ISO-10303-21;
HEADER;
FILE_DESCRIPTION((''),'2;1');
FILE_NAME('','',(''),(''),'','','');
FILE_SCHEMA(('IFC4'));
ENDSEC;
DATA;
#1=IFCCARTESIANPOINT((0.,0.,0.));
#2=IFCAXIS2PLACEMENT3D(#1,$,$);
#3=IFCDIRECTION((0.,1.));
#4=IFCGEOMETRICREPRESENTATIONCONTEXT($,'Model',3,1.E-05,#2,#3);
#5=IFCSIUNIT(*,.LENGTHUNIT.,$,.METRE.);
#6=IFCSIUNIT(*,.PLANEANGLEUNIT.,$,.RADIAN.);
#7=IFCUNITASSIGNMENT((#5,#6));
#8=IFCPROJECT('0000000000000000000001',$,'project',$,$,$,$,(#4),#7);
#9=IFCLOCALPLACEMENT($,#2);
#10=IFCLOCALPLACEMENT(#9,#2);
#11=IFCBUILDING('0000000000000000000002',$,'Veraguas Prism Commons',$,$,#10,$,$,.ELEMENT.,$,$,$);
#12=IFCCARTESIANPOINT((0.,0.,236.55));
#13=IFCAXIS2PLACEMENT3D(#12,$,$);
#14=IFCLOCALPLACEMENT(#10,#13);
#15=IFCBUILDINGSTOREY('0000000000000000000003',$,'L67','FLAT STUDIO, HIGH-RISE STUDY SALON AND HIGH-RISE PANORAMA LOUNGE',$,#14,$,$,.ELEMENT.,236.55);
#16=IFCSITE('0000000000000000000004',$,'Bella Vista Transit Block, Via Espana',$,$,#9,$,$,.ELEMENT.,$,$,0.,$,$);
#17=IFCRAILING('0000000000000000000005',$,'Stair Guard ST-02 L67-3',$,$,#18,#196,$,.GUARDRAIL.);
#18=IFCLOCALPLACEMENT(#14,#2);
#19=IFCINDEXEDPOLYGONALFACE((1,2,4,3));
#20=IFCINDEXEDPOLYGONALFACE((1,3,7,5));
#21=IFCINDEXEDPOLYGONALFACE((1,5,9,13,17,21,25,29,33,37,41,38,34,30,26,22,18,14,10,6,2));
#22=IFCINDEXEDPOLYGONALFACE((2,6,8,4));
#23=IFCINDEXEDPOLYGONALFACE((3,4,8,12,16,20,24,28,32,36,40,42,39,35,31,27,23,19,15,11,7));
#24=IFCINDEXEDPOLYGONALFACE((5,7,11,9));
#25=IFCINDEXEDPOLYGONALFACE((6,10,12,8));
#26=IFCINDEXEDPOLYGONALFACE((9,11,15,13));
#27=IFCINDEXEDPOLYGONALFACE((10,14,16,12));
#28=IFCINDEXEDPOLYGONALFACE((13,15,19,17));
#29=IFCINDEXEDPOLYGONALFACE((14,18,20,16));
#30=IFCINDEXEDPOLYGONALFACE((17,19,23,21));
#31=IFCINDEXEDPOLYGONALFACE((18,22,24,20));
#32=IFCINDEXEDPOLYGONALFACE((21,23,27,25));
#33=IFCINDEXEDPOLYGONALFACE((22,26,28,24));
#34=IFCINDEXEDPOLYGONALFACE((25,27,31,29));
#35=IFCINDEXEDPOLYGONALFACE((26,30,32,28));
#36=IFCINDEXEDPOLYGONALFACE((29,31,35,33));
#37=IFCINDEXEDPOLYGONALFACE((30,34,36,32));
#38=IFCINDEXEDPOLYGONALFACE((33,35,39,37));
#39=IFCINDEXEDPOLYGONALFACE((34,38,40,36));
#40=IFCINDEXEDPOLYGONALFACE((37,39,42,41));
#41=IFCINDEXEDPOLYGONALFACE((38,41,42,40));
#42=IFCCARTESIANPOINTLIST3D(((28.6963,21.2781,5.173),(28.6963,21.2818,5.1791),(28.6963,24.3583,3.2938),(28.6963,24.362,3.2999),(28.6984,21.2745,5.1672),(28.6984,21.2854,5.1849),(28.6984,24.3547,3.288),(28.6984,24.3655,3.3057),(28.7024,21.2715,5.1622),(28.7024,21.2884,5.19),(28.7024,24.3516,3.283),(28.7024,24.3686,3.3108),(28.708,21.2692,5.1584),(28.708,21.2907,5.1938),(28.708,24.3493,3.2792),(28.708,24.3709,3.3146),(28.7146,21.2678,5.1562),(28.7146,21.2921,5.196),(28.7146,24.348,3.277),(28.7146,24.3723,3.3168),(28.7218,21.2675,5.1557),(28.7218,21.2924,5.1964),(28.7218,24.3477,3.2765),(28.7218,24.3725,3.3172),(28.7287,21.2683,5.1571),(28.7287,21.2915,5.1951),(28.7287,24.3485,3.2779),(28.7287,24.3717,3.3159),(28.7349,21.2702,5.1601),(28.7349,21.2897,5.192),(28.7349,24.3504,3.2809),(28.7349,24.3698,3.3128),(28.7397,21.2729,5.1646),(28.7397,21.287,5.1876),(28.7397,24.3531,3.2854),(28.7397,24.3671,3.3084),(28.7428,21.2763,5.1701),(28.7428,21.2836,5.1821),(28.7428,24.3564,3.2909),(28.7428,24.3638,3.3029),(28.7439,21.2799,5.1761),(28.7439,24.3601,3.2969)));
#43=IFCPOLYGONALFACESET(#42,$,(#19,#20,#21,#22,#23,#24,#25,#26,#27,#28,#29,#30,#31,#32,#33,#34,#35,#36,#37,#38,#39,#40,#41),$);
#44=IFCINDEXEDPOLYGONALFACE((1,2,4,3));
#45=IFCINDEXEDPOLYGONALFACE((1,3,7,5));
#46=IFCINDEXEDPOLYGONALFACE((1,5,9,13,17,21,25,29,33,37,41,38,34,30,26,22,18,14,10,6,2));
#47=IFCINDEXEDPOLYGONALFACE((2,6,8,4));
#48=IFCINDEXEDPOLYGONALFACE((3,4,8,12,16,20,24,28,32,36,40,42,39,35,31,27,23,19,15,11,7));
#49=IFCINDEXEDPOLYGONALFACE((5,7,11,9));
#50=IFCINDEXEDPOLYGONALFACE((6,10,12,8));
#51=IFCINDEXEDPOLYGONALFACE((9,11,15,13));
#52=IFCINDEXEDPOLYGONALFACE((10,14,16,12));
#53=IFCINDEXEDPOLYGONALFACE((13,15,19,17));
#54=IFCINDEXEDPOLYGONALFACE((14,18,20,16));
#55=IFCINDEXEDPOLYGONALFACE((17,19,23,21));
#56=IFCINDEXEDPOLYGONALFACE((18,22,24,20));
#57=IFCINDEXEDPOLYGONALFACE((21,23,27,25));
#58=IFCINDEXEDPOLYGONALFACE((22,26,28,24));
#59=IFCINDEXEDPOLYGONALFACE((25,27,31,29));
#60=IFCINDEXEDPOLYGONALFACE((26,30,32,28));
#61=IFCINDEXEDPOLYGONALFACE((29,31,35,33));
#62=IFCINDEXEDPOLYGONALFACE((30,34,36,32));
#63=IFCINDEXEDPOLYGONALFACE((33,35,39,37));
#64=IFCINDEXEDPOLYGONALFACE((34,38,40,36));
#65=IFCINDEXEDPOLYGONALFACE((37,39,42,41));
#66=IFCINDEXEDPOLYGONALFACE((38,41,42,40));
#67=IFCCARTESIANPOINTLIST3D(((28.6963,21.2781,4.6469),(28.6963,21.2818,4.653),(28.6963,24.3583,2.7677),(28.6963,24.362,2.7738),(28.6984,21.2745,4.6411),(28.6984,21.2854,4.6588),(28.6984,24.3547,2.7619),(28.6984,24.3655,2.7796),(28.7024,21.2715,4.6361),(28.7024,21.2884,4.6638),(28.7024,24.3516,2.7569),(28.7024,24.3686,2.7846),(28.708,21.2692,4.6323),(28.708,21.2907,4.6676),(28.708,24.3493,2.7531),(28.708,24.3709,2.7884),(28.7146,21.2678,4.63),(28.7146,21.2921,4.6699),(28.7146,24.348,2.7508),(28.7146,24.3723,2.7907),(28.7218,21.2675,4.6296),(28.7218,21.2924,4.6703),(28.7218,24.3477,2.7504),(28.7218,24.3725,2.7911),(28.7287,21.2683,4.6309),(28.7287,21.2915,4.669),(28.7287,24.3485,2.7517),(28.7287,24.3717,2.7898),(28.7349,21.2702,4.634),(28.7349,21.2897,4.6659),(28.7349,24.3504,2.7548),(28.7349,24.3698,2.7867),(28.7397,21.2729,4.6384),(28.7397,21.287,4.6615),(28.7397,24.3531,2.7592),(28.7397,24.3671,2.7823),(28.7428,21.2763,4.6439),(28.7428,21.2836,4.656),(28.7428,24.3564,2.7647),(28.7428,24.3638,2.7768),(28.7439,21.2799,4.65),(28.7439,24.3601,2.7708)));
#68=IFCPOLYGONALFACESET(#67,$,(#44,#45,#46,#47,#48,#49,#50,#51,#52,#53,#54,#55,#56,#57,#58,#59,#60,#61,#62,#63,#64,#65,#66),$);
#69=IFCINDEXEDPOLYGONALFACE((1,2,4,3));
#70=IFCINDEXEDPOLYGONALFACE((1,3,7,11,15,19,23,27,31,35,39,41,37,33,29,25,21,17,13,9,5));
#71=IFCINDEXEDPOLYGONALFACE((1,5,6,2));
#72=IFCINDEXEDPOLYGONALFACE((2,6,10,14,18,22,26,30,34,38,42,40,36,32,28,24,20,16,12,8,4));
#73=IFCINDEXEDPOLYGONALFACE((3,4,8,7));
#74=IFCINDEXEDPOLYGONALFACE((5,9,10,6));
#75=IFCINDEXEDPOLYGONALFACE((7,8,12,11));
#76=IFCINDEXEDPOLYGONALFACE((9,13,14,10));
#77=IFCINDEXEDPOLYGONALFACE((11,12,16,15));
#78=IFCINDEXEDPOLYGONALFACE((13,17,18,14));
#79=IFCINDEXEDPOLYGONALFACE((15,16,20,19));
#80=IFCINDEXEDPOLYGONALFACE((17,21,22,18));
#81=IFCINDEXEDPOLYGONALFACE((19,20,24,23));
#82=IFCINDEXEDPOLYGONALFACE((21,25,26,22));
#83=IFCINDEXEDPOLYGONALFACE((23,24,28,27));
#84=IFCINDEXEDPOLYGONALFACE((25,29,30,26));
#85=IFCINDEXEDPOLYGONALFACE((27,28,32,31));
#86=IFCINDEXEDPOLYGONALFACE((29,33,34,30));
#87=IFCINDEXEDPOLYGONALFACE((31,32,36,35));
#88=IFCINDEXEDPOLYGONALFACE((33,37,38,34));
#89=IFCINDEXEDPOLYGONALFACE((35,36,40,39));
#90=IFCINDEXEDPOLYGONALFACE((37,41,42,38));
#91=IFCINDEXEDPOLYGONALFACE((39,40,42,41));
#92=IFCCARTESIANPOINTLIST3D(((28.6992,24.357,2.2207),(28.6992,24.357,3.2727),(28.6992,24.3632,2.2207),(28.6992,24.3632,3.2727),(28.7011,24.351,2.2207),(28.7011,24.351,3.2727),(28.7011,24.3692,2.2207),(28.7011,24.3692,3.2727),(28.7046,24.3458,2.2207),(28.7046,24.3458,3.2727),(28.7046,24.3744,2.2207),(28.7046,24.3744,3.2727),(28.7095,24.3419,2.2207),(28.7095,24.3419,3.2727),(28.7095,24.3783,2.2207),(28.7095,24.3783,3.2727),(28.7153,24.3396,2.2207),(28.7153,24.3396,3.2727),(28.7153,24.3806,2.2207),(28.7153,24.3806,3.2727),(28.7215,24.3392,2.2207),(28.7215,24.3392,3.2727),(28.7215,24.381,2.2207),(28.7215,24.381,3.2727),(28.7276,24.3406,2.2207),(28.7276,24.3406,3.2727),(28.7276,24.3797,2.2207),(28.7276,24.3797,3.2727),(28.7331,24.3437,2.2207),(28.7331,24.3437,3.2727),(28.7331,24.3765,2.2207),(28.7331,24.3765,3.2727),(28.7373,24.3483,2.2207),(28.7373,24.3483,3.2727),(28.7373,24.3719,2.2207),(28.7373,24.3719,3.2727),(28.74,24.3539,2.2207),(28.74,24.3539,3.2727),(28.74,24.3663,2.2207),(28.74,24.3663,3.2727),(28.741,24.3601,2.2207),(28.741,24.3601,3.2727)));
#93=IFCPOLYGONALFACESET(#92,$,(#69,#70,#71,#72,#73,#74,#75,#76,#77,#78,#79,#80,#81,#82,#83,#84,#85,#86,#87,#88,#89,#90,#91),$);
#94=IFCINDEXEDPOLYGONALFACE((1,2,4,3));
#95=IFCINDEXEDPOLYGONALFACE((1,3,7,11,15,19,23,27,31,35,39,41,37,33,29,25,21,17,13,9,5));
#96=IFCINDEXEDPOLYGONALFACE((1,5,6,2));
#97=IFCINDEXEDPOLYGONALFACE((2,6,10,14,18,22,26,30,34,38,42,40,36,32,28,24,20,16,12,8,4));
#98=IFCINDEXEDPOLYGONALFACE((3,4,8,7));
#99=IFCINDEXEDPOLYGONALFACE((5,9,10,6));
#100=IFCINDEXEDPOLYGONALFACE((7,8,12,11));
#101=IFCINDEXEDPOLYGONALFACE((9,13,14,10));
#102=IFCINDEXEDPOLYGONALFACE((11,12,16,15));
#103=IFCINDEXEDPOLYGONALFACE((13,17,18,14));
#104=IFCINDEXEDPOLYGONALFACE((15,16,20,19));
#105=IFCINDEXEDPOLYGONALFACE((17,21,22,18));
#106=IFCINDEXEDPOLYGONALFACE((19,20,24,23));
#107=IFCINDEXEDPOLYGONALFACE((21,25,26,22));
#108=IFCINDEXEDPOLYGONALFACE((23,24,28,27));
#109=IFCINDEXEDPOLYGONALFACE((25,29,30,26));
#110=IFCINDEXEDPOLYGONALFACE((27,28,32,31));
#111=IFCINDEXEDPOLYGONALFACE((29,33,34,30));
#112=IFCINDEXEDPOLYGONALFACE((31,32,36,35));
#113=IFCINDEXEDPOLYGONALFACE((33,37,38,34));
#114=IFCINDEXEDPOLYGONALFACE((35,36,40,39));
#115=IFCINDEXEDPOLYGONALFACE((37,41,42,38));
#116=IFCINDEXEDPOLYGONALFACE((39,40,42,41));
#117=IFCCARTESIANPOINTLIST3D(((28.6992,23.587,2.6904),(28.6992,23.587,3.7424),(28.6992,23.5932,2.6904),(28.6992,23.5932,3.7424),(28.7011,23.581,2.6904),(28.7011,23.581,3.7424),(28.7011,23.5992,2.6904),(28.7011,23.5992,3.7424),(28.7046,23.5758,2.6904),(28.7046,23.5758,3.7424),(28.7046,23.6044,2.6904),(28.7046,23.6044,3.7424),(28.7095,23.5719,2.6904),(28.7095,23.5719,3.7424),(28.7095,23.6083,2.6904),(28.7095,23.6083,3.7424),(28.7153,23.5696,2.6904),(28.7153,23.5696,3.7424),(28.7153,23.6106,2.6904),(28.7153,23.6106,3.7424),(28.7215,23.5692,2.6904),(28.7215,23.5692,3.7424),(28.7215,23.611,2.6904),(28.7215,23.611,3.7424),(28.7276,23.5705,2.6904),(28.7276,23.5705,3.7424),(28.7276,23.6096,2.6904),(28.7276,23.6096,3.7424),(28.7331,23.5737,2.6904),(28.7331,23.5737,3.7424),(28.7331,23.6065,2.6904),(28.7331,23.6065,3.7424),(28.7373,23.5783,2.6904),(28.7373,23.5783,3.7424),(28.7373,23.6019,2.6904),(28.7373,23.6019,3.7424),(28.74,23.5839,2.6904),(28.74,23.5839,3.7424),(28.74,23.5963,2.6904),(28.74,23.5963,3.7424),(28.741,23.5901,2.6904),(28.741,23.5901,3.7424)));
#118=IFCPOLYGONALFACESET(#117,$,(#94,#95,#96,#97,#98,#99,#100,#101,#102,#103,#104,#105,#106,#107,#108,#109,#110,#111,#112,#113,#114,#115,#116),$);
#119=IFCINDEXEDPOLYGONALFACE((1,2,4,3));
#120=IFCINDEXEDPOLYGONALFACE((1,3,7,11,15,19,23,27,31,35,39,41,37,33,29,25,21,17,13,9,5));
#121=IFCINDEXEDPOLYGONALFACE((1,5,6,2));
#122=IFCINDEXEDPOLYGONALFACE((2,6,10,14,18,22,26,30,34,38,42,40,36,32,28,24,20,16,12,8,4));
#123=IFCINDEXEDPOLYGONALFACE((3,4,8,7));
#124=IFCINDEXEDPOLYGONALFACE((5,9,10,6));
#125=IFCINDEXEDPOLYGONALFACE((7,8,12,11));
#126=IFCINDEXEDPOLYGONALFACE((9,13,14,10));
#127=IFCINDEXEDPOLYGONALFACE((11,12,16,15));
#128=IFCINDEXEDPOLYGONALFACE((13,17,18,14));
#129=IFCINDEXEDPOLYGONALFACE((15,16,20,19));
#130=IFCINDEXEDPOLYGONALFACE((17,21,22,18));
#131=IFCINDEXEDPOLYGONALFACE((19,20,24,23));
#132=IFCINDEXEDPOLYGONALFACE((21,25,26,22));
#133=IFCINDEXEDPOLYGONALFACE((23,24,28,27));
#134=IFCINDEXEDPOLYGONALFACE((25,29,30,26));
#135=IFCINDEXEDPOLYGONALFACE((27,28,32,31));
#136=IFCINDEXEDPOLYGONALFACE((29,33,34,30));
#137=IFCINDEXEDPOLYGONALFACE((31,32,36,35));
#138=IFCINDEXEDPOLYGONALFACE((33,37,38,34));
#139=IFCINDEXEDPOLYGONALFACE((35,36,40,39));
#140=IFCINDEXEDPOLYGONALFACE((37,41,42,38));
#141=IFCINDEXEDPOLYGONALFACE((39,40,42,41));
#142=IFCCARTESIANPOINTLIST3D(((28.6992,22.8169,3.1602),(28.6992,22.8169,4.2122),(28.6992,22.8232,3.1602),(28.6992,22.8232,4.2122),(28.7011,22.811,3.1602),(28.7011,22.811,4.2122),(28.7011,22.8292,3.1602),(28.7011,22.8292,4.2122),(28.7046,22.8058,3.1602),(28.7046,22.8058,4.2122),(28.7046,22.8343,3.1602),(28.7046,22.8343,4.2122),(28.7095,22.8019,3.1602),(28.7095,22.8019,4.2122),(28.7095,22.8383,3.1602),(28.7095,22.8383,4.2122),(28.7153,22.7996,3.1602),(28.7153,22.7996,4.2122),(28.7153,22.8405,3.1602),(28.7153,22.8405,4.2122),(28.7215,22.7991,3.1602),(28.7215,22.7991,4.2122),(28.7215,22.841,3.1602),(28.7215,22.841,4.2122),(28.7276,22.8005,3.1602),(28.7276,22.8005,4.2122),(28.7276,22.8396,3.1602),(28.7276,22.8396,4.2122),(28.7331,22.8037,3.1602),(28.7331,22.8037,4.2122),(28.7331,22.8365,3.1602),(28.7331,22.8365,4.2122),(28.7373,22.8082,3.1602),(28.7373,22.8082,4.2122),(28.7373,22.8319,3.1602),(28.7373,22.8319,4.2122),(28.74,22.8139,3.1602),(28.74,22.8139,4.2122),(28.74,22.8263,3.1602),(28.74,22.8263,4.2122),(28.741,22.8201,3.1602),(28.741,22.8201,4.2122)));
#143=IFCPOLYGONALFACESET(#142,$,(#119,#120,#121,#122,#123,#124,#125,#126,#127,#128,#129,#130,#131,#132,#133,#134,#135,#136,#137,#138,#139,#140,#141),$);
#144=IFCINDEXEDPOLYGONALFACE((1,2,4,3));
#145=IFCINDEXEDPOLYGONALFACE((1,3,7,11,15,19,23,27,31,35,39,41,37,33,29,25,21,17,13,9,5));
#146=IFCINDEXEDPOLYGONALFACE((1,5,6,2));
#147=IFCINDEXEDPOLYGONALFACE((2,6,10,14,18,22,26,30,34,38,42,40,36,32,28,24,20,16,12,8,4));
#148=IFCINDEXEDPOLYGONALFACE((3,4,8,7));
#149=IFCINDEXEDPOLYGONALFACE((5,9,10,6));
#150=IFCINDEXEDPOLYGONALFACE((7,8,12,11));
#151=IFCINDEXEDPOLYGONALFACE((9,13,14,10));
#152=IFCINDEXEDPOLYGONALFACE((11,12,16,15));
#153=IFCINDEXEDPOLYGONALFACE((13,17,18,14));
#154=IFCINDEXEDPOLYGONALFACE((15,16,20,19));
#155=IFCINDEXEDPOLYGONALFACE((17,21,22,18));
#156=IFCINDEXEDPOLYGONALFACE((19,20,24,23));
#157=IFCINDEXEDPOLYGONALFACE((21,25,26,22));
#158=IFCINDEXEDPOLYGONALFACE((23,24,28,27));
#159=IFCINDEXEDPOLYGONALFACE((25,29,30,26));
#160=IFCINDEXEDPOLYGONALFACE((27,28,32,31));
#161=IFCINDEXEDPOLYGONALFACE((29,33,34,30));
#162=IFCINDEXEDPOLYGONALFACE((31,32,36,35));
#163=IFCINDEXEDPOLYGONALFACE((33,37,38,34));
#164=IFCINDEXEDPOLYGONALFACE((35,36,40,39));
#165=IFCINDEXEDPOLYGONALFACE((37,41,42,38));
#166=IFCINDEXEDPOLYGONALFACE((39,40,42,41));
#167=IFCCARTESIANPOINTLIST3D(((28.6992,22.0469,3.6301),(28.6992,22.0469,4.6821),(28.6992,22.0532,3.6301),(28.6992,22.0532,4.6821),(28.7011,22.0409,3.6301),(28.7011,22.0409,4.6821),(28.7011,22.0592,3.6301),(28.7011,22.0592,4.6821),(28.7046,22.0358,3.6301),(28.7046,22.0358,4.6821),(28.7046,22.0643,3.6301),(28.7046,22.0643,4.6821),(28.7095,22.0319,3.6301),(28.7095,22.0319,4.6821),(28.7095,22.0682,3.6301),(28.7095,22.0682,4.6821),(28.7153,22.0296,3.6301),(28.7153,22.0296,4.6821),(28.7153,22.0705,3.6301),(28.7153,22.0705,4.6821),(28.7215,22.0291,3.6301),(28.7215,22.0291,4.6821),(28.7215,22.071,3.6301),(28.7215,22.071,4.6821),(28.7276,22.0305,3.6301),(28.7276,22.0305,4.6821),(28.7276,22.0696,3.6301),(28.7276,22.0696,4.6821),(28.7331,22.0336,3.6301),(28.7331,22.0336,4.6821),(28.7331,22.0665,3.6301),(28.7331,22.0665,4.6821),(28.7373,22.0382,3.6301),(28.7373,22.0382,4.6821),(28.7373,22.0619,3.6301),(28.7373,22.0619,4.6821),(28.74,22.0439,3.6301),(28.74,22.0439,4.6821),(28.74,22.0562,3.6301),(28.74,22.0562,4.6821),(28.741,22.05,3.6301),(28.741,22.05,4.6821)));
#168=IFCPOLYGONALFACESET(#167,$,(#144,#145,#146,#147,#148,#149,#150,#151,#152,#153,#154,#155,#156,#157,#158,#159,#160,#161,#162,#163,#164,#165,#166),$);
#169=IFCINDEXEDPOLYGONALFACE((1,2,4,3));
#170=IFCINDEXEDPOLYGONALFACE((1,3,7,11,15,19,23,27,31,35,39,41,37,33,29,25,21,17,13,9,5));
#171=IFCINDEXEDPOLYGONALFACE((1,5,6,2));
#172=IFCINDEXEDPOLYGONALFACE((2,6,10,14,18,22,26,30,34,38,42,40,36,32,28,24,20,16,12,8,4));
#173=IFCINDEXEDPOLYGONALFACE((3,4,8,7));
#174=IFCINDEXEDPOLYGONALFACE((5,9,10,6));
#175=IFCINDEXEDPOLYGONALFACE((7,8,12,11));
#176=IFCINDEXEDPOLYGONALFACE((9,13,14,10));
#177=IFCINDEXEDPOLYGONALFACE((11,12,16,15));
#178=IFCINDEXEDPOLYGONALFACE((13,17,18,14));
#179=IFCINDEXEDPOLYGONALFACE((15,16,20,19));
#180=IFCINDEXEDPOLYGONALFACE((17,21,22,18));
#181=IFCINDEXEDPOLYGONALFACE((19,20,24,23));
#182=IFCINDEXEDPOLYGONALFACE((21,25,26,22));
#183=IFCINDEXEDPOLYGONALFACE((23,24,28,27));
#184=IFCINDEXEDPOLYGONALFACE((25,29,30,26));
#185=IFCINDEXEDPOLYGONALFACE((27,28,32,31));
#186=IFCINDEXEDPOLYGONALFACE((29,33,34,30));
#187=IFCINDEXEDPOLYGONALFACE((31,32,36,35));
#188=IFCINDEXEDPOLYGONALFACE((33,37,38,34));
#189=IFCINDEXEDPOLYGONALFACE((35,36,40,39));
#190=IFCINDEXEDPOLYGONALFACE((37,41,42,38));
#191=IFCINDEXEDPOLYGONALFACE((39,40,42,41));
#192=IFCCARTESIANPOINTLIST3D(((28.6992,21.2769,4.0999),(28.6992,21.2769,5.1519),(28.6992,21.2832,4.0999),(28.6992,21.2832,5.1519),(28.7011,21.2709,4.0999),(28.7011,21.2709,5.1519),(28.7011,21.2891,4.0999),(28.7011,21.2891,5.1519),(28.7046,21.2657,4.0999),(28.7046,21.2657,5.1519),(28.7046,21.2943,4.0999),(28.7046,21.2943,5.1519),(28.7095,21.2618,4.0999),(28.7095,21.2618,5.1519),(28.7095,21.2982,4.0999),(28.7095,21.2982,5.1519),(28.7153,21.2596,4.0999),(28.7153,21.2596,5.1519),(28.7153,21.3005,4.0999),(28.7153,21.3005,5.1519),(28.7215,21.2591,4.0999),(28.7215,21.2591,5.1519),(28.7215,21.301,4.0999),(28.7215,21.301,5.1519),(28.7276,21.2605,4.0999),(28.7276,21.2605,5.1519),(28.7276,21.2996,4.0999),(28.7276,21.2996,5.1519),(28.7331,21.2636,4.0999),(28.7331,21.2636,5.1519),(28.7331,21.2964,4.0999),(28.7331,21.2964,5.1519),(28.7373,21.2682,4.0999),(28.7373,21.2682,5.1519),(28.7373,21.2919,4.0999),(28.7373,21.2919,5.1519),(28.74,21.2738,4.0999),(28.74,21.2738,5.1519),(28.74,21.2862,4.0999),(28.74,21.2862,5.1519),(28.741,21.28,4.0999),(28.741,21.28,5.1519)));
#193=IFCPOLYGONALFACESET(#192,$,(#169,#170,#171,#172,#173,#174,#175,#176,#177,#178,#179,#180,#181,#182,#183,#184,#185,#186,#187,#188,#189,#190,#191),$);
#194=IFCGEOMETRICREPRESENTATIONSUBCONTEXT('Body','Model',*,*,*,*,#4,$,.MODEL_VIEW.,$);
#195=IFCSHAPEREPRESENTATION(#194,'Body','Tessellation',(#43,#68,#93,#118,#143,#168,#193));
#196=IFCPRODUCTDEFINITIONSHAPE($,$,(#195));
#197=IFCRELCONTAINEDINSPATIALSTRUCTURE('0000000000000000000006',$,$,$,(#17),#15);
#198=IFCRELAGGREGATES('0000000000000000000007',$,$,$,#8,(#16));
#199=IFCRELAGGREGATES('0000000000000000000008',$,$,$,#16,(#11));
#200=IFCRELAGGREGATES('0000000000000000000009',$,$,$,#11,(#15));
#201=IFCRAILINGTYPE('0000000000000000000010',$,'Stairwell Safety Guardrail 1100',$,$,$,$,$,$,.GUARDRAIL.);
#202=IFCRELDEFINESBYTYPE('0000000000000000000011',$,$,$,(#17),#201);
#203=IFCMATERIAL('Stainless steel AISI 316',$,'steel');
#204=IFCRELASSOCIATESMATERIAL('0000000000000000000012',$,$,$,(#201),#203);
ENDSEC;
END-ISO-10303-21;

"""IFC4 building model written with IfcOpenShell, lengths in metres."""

from ifc_helpers import new_model, si_unit, direction, frame, origin, origin_2d, place, context, subcontext, project, spatial, circle, extrude, material, type_object, element, save


model = new_model("IFC4")

# Units and contexts
model_context = context("Model", 3, precision=1e-05, world=origin(), true_north=direction((0.0, 1.0)))
body_context = subcontext(model_context, "Body", "Model", "MODEL_VIEW")
ifc_project = project(units=[si_unit("LENGTHUNIT", "METRE"), si_unit("PLANEANGLEUNIT", "RADIAN")], contexts=[model_context])

# Site, building, storey
site_placement = place(None, origin())
site = spatial("IfcSite", under=ifc_project, at=site_placement, Name="Bella Vista Transit Block, Via Espana", CompositionType="ELEMENT", RefElevation=0.0)
building_placement = place(site_placement, origin())
building = spatial("IfcBuilding", under=site, at=building_placement, Name="Veraguas Prism Commons", CompositionType="ELEMENT")
storey_placement = place(building_placement, frame((0.0, 0.0, 236.55)))
storey = spatial("IfcBuildingStorey", under=building, at=storey_placement, Name="L67", Description="FLAT STUDIO, HIGH-RISE STUDY SALON AND HIGH-RISE PANORAMA LOUNGE", CompositionType="ELEMENT", Elevation=236.55)

# Railing
ifc_material_1 = material(Name="Stainless steel AISI 316", Category="steel")
railing_type_1 = type_object("IfcRailingType", Name="Stairwell Safety Guardrail 1100", PredefinedType="GUARDRAIL", material=ifc_material_1)
railing_1_placement = place(storey_placement, frame((28.72, 24.3601, 2.2207)))
element("IfcRailing", 1, at=railing_1_placement, inside=storey, type_object=railing_type_1, Name="Stair Guard ST-02 L67-3", PredefinedType="GUARDRAIL", context=body_context, shape_type="SweptSolid", body=[
    extrude(circle(Radius=0.0239, at=origin_2d()), frame((0.0, 0.0, 1.0762), z_axis=(0.0, -0.853666, 0.52082), x_axis=(1.0, 0.0, 0.0)), (0.0, 0.0, 1.0), 3.6082),
    extrude(circle(Radius=0.0239, at=origin_2d()), frame((0.0, 0.0, 0.55), z_axis=(0.0, -0.853666, 0.52082), x_axis=(1.0, 0.0, 0.0)), (0.0, 0.0, 1.0), 3.6082),
    extrude(circle(Radius=0.021, at=origin_2d()), origin(), (0.0, 0.0, 1.0), 1.052),
    extrude(circle(Radius=0.021, at=origin_2d()), frame((0.0, -0.77, 0.4697)), (0.0, 0.0, 1.0), 1.052),
    extrude(circle(Radius=0.021, at=origin_2d()), frame((0.0, -1.54, 0.9395)), (0.0, 0.0, 1.0), 1.052),
    extrude(circle(Radius=0.021, at=origin_2d()), frame((0.0, -2.3101, 1.4094)), (0.0, 0.0, 1.0), 1.052),
    extrude(circle(Radius=0.021, at=origin_2d()), frame((0.0, -3.0801, 1.8792)), (0.0, 0.0, 1.0), 1.052),
])

save(model, "model.ifc")
